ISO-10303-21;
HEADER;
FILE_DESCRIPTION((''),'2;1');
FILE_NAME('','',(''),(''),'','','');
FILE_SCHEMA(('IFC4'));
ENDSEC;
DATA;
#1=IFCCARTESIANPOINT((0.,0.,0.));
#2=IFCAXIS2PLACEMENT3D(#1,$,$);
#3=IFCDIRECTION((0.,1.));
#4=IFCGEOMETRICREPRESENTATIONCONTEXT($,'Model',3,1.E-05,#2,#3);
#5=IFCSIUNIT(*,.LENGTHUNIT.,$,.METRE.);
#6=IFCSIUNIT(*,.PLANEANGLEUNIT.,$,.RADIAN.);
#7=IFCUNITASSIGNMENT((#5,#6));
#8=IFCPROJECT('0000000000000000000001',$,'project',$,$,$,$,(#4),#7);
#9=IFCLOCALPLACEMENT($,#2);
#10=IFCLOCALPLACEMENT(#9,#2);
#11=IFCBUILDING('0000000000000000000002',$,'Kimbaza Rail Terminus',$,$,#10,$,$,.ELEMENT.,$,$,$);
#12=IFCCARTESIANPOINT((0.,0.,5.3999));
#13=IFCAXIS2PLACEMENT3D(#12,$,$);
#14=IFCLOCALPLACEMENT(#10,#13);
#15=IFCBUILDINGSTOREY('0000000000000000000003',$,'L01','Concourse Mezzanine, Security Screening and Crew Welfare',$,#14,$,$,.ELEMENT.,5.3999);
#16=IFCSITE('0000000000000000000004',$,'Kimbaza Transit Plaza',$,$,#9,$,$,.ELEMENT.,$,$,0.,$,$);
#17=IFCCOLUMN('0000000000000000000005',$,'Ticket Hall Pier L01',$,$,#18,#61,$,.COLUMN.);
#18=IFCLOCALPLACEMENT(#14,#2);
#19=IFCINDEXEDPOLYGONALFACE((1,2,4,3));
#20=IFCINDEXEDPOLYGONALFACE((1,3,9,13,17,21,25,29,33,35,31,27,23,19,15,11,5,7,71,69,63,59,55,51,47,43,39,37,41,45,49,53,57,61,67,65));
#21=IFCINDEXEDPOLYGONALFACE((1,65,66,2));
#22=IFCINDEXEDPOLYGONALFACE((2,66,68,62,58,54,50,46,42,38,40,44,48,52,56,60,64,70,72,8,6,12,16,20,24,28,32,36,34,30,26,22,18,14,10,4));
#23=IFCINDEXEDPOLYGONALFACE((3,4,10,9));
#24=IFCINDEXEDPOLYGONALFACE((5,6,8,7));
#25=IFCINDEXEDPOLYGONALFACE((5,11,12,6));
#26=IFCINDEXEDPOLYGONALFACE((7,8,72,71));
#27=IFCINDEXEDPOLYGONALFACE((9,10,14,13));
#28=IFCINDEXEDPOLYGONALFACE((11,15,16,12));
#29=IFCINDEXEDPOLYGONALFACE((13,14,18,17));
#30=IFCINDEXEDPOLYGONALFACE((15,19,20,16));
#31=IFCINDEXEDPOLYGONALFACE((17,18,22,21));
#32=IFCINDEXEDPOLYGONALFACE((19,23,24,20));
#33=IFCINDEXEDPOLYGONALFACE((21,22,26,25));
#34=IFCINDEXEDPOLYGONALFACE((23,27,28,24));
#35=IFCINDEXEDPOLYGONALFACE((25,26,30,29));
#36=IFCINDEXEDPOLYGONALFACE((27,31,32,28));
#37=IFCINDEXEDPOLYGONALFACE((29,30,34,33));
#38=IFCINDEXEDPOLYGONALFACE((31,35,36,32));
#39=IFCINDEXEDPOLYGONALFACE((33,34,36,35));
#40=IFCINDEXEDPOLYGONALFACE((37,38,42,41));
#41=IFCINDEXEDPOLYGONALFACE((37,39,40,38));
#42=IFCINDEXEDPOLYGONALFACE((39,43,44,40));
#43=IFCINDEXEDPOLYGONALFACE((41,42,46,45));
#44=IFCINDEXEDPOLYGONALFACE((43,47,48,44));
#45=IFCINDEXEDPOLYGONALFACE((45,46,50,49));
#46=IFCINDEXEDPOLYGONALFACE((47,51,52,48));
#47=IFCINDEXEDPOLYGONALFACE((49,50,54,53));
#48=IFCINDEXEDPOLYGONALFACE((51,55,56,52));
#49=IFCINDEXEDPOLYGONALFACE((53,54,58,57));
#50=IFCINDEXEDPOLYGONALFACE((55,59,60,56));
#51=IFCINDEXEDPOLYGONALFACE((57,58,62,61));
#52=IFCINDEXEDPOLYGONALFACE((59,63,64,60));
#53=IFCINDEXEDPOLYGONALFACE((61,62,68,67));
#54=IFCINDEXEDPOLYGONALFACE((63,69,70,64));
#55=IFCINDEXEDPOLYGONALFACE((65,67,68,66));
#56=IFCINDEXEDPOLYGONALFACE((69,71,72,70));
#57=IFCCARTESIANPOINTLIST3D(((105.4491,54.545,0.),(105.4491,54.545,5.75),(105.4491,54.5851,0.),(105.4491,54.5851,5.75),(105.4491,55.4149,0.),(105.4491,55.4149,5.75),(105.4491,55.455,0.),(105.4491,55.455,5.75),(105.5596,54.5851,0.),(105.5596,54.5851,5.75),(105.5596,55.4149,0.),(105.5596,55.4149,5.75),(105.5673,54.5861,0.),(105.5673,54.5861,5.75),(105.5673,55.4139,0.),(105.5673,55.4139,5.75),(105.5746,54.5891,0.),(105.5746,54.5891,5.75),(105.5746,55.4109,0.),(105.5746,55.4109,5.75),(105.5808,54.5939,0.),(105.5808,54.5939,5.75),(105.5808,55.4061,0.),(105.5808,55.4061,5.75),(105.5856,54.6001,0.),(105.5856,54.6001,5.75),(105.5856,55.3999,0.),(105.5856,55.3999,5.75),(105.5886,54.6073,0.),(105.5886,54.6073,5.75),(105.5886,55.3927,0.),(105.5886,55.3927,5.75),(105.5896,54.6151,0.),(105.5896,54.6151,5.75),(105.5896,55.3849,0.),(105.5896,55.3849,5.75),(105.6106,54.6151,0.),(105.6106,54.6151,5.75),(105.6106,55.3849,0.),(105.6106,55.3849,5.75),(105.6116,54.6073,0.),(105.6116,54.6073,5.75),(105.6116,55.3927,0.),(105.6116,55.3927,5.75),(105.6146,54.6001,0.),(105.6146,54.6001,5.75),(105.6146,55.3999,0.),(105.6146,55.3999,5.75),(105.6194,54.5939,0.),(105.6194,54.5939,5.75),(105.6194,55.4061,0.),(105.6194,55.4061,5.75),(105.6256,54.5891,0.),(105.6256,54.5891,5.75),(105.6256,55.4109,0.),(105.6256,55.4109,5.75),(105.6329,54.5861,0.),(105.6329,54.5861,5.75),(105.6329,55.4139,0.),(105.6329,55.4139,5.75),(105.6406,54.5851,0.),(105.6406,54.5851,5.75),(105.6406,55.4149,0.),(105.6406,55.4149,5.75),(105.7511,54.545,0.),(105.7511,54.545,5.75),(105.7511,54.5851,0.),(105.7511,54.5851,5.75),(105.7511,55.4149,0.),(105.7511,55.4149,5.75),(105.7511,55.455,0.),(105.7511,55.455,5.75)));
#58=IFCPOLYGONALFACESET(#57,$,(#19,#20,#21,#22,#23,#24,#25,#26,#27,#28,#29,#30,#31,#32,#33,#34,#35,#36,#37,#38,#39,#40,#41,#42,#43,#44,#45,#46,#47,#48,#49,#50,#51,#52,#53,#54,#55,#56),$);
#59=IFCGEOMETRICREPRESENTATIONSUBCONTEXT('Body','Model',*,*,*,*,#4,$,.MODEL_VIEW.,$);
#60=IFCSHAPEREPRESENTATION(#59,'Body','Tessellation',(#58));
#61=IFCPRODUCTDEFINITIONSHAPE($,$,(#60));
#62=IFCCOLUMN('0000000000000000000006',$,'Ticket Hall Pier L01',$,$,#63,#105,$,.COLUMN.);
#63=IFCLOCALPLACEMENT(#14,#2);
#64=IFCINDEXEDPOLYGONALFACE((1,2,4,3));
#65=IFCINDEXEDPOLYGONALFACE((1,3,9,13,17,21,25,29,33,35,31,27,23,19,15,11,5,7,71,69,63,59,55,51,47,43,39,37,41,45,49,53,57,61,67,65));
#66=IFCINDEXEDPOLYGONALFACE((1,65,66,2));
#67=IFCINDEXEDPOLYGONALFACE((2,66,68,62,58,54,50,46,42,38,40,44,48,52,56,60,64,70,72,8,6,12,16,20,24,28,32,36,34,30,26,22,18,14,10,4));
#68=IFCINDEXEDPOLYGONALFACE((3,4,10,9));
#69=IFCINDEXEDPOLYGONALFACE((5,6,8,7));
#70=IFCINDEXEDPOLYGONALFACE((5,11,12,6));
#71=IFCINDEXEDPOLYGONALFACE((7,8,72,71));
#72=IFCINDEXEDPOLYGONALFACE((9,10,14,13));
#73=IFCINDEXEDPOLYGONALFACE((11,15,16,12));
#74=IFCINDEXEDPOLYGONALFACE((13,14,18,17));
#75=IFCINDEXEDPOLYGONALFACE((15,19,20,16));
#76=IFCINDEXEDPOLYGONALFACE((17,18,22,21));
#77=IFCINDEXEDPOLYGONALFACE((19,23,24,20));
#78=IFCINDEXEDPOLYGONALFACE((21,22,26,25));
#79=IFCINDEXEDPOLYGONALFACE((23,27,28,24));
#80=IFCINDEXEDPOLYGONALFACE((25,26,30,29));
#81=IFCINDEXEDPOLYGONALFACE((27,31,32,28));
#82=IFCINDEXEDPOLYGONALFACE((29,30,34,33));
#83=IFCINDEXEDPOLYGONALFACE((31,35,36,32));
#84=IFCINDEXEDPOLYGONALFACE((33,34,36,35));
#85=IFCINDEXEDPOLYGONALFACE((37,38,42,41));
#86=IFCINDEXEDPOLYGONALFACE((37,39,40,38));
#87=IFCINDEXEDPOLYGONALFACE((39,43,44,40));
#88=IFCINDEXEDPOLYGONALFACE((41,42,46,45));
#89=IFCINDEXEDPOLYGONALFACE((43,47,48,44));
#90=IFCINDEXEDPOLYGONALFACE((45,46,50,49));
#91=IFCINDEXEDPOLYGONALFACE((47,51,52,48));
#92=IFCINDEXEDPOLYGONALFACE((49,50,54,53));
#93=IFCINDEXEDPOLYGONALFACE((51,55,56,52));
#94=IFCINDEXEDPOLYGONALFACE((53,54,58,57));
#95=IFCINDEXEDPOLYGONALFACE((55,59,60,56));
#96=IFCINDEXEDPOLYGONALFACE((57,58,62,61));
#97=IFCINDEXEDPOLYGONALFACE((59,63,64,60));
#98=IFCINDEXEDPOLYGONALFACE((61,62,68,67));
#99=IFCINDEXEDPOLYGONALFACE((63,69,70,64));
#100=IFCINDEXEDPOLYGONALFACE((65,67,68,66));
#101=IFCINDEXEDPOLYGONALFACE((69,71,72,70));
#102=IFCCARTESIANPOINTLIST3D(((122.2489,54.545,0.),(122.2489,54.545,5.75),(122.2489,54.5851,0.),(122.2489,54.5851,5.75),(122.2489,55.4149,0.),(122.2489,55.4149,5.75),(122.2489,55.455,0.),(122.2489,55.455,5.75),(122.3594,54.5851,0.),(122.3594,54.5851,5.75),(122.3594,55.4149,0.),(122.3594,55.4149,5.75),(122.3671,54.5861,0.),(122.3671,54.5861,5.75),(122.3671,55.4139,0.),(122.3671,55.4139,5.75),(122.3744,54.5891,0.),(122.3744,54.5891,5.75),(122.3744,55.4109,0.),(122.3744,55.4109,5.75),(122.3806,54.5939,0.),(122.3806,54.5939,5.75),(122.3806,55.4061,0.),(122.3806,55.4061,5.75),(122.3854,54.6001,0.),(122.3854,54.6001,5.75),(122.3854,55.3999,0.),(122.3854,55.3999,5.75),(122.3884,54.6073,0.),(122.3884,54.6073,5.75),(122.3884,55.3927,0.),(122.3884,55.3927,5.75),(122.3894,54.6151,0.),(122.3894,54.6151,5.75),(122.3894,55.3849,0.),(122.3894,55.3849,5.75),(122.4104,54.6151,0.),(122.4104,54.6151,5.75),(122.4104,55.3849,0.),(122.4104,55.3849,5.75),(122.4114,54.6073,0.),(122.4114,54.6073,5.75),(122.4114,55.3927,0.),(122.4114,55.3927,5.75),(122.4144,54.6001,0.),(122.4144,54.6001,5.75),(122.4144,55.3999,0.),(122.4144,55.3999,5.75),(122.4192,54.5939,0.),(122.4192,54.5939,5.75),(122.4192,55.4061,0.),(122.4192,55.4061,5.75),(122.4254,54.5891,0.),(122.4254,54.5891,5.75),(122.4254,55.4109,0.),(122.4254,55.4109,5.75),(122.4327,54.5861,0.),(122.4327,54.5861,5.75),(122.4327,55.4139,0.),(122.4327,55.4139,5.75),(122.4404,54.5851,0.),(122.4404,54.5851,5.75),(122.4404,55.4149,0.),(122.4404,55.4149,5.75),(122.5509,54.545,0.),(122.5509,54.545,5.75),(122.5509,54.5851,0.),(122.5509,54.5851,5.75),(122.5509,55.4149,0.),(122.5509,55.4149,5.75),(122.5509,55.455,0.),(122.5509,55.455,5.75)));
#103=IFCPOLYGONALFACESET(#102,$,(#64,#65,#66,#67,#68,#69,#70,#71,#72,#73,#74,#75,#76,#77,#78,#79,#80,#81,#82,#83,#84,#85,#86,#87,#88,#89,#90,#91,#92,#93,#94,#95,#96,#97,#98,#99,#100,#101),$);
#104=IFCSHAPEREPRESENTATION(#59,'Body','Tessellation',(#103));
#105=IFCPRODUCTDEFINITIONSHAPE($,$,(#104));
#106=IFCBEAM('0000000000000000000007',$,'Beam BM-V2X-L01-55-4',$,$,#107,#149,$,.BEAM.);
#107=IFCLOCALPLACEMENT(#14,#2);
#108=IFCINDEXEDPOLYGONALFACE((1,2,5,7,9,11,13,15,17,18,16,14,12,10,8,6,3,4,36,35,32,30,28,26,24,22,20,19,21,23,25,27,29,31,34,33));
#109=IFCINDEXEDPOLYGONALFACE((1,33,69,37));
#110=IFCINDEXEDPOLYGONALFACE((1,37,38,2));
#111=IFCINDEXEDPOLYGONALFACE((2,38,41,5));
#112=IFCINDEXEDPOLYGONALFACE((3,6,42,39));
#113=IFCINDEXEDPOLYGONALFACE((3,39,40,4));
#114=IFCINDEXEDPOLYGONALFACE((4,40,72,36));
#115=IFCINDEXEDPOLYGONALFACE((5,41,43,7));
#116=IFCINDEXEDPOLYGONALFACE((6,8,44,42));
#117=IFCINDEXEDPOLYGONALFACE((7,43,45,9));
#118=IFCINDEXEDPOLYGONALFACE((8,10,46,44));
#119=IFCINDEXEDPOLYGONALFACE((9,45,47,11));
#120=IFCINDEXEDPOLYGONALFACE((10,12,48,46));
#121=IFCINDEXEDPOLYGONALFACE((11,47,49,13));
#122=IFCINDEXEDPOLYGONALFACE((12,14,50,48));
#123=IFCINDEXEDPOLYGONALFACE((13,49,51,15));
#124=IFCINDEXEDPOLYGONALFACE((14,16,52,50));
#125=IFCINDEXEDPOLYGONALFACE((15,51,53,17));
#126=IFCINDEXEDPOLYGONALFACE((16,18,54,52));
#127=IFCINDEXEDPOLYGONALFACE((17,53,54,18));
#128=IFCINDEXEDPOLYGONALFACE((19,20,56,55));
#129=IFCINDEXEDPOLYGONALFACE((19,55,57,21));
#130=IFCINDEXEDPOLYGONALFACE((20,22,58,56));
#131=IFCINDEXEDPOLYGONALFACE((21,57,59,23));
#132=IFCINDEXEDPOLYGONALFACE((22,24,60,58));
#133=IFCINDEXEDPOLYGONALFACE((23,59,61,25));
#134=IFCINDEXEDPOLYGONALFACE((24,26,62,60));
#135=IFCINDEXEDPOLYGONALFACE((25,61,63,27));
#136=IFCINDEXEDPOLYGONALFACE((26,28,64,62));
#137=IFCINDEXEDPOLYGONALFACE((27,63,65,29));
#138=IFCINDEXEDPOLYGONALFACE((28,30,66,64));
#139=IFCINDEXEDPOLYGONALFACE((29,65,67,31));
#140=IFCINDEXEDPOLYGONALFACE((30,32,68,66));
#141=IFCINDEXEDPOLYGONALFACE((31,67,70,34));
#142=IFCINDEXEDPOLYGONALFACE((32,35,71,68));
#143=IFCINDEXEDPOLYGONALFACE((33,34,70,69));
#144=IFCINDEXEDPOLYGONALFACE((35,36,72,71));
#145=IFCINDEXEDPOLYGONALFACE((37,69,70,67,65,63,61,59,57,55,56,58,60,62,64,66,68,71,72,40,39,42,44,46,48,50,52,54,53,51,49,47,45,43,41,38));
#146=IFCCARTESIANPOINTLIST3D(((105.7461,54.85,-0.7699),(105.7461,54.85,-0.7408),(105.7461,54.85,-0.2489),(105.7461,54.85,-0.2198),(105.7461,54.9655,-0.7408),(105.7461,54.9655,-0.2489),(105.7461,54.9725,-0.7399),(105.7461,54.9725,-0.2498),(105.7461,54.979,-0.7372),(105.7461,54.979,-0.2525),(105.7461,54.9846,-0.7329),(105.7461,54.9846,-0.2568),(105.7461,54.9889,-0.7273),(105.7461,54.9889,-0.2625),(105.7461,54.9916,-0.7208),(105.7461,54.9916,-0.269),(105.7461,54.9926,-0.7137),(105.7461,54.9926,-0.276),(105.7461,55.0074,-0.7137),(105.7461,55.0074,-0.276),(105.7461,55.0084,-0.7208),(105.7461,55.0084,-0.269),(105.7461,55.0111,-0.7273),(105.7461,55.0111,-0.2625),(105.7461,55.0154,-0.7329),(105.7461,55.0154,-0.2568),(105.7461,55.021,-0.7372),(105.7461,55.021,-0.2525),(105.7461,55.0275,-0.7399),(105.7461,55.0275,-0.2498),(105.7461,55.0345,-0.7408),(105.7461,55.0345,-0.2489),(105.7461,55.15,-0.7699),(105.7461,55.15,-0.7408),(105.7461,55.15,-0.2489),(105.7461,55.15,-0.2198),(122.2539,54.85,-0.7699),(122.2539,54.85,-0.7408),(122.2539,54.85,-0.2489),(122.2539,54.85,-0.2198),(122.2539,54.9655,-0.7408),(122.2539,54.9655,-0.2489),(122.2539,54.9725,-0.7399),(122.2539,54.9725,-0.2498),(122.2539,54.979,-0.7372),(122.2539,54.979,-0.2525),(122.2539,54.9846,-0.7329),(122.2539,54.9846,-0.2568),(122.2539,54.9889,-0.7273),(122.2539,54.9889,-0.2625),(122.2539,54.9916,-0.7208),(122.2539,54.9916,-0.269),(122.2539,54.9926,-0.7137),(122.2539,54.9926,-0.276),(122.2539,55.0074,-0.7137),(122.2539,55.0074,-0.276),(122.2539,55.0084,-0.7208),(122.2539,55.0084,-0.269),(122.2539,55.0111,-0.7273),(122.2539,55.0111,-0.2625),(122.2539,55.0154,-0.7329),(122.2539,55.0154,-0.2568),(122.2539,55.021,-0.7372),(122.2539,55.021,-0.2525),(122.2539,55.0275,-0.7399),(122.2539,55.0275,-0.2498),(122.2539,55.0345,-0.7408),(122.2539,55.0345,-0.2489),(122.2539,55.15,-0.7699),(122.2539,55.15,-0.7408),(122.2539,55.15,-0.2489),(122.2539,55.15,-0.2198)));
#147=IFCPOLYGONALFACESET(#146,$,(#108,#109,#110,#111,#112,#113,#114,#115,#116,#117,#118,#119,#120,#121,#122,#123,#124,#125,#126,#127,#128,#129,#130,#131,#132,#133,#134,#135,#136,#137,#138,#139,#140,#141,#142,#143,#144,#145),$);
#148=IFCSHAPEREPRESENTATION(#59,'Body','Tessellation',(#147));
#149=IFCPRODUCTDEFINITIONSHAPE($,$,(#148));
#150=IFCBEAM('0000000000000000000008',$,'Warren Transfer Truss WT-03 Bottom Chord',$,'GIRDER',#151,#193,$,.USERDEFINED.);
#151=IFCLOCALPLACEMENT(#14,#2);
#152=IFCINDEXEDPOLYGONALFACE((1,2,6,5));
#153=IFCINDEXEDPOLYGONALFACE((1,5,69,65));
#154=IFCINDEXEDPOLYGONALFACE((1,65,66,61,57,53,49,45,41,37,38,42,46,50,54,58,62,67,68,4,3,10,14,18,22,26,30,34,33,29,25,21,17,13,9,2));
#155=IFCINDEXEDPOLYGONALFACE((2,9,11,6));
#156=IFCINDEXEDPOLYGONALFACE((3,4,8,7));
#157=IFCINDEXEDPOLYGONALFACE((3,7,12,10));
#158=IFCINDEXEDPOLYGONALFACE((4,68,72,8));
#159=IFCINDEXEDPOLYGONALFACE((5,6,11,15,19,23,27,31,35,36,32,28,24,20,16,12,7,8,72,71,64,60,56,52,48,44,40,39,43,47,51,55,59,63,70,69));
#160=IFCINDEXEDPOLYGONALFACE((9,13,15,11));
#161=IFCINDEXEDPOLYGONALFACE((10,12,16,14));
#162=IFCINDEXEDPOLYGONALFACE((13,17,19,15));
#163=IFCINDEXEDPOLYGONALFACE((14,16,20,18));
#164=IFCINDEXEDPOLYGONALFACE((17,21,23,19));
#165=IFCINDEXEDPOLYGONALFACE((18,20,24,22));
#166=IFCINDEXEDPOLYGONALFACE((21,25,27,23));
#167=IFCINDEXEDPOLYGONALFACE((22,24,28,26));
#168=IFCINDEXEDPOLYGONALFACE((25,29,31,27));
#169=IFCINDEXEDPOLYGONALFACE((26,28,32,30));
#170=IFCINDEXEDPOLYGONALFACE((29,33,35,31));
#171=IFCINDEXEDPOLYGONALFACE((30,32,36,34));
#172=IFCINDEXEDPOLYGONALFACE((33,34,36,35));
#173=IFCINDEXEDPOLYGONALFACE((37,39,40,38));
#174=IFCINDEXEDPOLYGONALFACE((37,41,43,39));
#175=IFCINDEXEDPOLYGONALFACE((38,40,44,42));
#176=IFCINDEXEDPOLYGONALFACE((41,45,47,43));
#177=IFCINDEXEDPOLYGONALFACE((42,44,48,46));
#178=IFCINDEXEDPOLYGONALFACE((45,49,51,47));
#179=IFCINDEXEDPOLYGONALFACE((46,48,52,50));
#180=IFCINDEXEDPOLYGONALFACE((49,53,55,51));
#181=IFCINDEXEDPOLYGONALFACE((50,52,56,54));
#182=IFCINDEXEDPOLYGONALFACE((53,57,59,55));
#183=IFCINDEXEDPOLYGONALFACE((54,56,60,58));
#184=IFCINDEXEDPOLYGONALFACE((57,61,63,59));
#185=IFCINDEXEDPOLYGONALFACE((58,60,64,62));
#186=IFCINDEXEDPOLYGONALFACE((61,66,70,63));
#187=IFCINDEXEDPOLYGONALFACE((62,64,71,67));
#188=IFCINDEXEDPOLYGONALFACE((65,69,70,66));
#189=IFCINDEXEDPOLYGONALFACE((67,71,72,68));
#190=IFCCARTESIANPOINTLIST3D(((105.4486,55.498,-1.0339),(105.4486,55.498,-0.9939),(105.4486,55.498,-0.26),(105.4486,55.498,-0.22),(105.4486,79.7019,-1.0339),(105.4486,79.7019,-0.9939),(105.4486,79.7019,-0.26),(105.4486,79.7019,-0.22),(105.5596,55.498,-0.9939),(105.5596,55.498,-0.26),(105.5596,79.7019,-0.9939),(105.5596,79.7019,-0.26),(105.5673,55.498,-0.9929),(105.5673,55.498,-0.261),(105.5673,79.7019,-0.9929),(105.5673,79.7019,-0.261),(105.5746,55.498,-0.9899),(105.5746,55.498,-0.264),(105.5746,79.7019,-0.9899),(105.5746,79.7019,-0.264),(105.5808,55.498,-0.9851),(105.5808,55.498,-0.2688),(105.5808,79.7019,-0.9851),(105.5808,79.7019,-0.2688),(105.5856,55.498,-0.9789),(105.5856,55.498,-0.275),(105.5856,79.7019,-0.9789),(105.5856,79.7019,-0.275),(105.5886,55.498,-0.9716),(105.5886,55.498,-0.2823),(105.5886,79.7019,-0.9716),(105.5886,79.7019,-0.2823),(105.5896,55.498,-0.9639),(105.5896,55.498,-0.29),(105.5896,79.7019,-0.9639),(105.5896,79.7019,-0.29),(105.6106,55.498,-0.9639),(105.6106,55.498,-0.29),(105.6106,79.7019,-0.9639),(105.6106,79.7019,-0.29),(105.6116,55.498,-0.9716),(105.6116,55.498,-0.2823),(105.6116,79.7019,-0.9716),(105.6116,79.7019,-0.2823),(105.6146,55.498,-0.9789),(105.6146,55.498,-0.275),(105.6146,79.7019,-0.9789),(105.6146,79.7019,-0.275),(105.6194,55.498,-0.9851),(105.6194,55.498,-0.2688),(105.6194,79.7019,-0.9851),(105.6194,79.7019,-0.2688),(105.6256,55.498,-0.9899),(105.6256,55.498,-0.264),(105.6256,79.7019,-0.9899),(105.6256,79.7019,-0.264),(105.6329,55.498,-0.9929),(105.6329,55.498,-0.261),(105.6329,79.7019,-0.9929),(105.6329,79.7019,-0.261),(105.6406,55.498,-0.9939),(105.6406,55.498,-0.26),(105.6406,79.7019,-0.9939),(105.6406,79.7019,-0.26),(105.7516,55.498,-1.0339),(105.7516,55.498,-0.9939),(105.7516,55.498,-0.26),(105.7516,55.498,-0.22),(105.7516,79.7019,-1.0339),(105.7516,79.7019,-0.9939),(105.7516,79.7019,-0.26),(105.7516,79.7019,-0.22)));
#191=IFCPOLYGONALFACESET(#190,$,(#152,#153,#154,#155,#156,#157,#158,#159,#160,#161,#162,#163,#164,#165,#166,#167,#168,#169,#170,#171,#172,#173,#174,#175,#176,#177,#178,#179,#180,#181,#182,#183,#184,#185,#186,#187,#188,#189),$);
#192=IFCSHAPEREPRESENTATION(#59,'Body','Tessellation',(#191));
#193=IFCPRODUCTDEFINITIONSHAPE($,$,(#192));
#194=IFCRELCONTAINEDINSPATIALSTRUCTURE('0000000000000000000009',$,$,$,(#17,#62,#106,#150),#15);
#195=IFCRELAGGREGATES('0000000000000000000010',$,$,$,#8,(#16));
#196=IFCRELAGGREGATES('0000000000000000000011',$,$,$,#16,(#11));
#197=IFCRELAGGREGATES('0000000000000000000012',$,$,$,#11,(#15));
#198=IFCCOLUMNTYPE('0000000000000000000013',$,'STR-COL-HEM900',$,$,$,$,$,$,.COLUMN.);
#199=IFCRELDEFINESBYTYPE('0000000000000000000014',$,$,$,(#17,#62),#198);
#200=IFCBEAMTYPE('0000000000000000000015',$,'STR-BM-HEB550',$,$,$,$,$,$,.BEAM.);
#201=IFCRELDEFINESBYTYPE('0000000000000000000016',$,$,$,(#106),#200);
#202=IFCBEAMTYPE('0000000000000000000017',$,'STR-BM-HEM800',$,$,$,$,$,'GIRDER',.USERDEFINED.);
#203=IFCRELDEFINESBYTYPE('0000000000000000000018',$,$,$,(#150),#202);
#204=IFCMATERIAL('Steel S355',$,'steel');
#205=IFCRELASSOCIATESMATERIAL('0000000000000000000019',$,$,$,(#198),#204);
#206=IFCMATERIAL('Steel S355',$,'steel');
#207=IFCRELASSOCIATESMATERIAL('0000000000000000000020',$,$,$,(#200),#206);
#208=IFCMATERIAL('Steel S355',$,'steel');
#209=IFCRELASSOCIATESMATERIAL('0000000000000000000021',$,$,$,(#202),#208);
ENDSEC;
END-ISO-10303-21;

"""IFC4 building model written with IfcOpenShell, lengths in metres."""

from ifc_helpers import new_model, si_unit, direction, frame, origin, origin_2d, place, context, subcontext, project, spatial, i_section, extrude, material, material_profile, profile_set, type_object, element, save


model = new_model("IFC4")

# Units and contexts
model_context = context("Model", 3, precision=1e-05, world=origin(), true_north=direction((0.0, 1.0)))
body_context = subcontext(model_context, "Body", "Model", "MODEL_VIEW")
ifc_project = project(units=[si_unit("LENGTHUNIT", "METRE"), si_unit("PLANEANGLEUNIT", "RADIAN")], contexts=[model_context])

# Site, building, storey
site_placement = place(None, origin())
site = spatial("IfcSite", under=ifc_project, at=site_placement, Name="Kimbaza Transit Plaza", CompositionType="ELEMENT", RefElevation=0.0)
building_placement = place(site_placement, origin())
building = spatial("IfcBuilding", under=site, at=building_placement, Name="Kimbaza Rail Terminus", CompositionType="ELEMENT")
storey_placement = place(building_placement, frame((0.0, 0.0, 5.3999)))
storey = spatial("IfcBuildingStorey", under=building, at=storey_placement, Name="L01", Description="Concourse Mezzanine, Security Screening and Crew Welfare", CompositionType="ELEMENT", Elevation=5.3999)

# Columns
ifc_material_1 = material(Name="Steel S355", Category="steel")
ifc_material_profile_1 = material_profile(ifc_material_1, i_section(OverallWidth=0.302, OverallDepth=0.9099, WebThickness=0.021, FlangeThickness=0.04, FilletRadius=0.03, at=origin_2d()), Name="HEM 900")
ifc_profile_set_1 = profile_set([ifc_material_profile_1], Name="Steel S355")
column_type = type_object("IfcColumnType", Name="STR-COL-HEM900", PredefinedType="COLUMN", material=ifc_profile_set_1)
for number, where, z_axis, x_axis, name in (
    (1, (105.6001, 55.0, 0.0), (0.0, 0.0, 1.0), (1.0, 0.0, 0.0), "Ticket Hall Pier L01"),
    (2, (122.3999, 55.0, 0.0), (0.0, 0.0, 1.0), (1.0, 0.0, 0.0), "Ticket Hall Pier L01"),
):
    element("IfcColumn", number, at=place(storey_placement, frame(where, z_axis=z_axis, x_axis=x_axis)), inside=storey, type_object=column_type, Name=name, PredefinedType="COLUMN", context=body_context, shape_type="SweptSolid", body=[
        extrude(i_section(OverallWidth=0.302, OverallDepth=0.9099, WebThickness=0.021, FlangeThickness=0.04, FilletRadius=0.03, at=origin_2d()), origin(), (0.0, 0.0, 1.0), 5.75),
    ])

# Beams
ifc_material_2 = material(Name="Steel S355", Category="steel")
ifc_material_profile_2 = material_profile(ifc_material_2, i_section(OverallWidth=0.3, OverallDepth=0.55, WebThickness=0.0149, FlangeThickness=0.0291, FilletRadius=0.0271, at=origin_2d()), Name="HEB 550")
ifc_profile_set_2 = profile_set([ifc_material_profile_2], Name="Steel S355")
beam_type_1 = type_object("IfcBeamType", Name="STR-BM-HEB550", PredefinedType="BEAM", material=ifc_profile_set_2)
beam_placement = place(storey_placement, frame((105.7461, 55.0, -0.4949), z_axis=(1.0, 0.0, 0.0), x_axis=(0.0, 1.0, 0.0)))
element("IfcBeam", 3, at=beam_placement, inside=storey, type_object=beam_type_1, Name="Beam BM-V2X-L01-55-4", PredefinedType="BEAM", context=body_context, shape_type="SweptSolid", body=[
    extrude(i_section(OverallWidth=0.3, OverallDepth=0.55, WebThickness=0.0149, FlangeThickness=0.0291, FilletRadius=0.0271, at=origin_2d()), origin(), (0.0, 0.0, 1.0), 16.5078),
])
ifc_material_3 = material(Name="Steel S355", Category="steel")
ifc_material_profile_3 = material_profile(ifc_material_3, i_section(OverallWidth=0.303, OverallDepth=0.814, WebThickness=0.021, FlangeThickness=0.04, FilletRadius=0.03, at=origin_2d()), Name="HEM 800")
ifc_profile_set_3 = profile_set([ifc_material_profile_3], Name="Steel S355")
beam_type_2 = type_object("IfcBeamType", Name="STR-BM-HEM800", ElementType="GIRDER", PredefinedType="USERDEFINED", material=ifc_profile_set_3)
for number, where, z_axis, x_axis, name in (
    (4, (105.6001, 55.498, -0.627), (0.0, 1.0, 0.0), (-1.0, 0.0, 0.0), "Warren Transfer Truss WT-03 Bottom Chord"),
):
    element("IfcBeam", number, at=place(storey_placement, frame(where, z_axis=z_axis, x_axis=x_axis)), inside=storey, type_object=beam_type_2, Name=name, ObjectType="GIRDER", PredefinedType="USERDEFINED", context=body_context, shape_type="SweptSolid", body=[
        extrude(i_section(OverallWidth=0.303, OverallDepth=0.814, WebThickness=0.021, FlangeThickness=0.04, FilletRadius=0.03, at=origin_2d()), origin(), (0.0, 0.0, 1.0), 24.2039),
    ])

save(model, "model.ifc")
